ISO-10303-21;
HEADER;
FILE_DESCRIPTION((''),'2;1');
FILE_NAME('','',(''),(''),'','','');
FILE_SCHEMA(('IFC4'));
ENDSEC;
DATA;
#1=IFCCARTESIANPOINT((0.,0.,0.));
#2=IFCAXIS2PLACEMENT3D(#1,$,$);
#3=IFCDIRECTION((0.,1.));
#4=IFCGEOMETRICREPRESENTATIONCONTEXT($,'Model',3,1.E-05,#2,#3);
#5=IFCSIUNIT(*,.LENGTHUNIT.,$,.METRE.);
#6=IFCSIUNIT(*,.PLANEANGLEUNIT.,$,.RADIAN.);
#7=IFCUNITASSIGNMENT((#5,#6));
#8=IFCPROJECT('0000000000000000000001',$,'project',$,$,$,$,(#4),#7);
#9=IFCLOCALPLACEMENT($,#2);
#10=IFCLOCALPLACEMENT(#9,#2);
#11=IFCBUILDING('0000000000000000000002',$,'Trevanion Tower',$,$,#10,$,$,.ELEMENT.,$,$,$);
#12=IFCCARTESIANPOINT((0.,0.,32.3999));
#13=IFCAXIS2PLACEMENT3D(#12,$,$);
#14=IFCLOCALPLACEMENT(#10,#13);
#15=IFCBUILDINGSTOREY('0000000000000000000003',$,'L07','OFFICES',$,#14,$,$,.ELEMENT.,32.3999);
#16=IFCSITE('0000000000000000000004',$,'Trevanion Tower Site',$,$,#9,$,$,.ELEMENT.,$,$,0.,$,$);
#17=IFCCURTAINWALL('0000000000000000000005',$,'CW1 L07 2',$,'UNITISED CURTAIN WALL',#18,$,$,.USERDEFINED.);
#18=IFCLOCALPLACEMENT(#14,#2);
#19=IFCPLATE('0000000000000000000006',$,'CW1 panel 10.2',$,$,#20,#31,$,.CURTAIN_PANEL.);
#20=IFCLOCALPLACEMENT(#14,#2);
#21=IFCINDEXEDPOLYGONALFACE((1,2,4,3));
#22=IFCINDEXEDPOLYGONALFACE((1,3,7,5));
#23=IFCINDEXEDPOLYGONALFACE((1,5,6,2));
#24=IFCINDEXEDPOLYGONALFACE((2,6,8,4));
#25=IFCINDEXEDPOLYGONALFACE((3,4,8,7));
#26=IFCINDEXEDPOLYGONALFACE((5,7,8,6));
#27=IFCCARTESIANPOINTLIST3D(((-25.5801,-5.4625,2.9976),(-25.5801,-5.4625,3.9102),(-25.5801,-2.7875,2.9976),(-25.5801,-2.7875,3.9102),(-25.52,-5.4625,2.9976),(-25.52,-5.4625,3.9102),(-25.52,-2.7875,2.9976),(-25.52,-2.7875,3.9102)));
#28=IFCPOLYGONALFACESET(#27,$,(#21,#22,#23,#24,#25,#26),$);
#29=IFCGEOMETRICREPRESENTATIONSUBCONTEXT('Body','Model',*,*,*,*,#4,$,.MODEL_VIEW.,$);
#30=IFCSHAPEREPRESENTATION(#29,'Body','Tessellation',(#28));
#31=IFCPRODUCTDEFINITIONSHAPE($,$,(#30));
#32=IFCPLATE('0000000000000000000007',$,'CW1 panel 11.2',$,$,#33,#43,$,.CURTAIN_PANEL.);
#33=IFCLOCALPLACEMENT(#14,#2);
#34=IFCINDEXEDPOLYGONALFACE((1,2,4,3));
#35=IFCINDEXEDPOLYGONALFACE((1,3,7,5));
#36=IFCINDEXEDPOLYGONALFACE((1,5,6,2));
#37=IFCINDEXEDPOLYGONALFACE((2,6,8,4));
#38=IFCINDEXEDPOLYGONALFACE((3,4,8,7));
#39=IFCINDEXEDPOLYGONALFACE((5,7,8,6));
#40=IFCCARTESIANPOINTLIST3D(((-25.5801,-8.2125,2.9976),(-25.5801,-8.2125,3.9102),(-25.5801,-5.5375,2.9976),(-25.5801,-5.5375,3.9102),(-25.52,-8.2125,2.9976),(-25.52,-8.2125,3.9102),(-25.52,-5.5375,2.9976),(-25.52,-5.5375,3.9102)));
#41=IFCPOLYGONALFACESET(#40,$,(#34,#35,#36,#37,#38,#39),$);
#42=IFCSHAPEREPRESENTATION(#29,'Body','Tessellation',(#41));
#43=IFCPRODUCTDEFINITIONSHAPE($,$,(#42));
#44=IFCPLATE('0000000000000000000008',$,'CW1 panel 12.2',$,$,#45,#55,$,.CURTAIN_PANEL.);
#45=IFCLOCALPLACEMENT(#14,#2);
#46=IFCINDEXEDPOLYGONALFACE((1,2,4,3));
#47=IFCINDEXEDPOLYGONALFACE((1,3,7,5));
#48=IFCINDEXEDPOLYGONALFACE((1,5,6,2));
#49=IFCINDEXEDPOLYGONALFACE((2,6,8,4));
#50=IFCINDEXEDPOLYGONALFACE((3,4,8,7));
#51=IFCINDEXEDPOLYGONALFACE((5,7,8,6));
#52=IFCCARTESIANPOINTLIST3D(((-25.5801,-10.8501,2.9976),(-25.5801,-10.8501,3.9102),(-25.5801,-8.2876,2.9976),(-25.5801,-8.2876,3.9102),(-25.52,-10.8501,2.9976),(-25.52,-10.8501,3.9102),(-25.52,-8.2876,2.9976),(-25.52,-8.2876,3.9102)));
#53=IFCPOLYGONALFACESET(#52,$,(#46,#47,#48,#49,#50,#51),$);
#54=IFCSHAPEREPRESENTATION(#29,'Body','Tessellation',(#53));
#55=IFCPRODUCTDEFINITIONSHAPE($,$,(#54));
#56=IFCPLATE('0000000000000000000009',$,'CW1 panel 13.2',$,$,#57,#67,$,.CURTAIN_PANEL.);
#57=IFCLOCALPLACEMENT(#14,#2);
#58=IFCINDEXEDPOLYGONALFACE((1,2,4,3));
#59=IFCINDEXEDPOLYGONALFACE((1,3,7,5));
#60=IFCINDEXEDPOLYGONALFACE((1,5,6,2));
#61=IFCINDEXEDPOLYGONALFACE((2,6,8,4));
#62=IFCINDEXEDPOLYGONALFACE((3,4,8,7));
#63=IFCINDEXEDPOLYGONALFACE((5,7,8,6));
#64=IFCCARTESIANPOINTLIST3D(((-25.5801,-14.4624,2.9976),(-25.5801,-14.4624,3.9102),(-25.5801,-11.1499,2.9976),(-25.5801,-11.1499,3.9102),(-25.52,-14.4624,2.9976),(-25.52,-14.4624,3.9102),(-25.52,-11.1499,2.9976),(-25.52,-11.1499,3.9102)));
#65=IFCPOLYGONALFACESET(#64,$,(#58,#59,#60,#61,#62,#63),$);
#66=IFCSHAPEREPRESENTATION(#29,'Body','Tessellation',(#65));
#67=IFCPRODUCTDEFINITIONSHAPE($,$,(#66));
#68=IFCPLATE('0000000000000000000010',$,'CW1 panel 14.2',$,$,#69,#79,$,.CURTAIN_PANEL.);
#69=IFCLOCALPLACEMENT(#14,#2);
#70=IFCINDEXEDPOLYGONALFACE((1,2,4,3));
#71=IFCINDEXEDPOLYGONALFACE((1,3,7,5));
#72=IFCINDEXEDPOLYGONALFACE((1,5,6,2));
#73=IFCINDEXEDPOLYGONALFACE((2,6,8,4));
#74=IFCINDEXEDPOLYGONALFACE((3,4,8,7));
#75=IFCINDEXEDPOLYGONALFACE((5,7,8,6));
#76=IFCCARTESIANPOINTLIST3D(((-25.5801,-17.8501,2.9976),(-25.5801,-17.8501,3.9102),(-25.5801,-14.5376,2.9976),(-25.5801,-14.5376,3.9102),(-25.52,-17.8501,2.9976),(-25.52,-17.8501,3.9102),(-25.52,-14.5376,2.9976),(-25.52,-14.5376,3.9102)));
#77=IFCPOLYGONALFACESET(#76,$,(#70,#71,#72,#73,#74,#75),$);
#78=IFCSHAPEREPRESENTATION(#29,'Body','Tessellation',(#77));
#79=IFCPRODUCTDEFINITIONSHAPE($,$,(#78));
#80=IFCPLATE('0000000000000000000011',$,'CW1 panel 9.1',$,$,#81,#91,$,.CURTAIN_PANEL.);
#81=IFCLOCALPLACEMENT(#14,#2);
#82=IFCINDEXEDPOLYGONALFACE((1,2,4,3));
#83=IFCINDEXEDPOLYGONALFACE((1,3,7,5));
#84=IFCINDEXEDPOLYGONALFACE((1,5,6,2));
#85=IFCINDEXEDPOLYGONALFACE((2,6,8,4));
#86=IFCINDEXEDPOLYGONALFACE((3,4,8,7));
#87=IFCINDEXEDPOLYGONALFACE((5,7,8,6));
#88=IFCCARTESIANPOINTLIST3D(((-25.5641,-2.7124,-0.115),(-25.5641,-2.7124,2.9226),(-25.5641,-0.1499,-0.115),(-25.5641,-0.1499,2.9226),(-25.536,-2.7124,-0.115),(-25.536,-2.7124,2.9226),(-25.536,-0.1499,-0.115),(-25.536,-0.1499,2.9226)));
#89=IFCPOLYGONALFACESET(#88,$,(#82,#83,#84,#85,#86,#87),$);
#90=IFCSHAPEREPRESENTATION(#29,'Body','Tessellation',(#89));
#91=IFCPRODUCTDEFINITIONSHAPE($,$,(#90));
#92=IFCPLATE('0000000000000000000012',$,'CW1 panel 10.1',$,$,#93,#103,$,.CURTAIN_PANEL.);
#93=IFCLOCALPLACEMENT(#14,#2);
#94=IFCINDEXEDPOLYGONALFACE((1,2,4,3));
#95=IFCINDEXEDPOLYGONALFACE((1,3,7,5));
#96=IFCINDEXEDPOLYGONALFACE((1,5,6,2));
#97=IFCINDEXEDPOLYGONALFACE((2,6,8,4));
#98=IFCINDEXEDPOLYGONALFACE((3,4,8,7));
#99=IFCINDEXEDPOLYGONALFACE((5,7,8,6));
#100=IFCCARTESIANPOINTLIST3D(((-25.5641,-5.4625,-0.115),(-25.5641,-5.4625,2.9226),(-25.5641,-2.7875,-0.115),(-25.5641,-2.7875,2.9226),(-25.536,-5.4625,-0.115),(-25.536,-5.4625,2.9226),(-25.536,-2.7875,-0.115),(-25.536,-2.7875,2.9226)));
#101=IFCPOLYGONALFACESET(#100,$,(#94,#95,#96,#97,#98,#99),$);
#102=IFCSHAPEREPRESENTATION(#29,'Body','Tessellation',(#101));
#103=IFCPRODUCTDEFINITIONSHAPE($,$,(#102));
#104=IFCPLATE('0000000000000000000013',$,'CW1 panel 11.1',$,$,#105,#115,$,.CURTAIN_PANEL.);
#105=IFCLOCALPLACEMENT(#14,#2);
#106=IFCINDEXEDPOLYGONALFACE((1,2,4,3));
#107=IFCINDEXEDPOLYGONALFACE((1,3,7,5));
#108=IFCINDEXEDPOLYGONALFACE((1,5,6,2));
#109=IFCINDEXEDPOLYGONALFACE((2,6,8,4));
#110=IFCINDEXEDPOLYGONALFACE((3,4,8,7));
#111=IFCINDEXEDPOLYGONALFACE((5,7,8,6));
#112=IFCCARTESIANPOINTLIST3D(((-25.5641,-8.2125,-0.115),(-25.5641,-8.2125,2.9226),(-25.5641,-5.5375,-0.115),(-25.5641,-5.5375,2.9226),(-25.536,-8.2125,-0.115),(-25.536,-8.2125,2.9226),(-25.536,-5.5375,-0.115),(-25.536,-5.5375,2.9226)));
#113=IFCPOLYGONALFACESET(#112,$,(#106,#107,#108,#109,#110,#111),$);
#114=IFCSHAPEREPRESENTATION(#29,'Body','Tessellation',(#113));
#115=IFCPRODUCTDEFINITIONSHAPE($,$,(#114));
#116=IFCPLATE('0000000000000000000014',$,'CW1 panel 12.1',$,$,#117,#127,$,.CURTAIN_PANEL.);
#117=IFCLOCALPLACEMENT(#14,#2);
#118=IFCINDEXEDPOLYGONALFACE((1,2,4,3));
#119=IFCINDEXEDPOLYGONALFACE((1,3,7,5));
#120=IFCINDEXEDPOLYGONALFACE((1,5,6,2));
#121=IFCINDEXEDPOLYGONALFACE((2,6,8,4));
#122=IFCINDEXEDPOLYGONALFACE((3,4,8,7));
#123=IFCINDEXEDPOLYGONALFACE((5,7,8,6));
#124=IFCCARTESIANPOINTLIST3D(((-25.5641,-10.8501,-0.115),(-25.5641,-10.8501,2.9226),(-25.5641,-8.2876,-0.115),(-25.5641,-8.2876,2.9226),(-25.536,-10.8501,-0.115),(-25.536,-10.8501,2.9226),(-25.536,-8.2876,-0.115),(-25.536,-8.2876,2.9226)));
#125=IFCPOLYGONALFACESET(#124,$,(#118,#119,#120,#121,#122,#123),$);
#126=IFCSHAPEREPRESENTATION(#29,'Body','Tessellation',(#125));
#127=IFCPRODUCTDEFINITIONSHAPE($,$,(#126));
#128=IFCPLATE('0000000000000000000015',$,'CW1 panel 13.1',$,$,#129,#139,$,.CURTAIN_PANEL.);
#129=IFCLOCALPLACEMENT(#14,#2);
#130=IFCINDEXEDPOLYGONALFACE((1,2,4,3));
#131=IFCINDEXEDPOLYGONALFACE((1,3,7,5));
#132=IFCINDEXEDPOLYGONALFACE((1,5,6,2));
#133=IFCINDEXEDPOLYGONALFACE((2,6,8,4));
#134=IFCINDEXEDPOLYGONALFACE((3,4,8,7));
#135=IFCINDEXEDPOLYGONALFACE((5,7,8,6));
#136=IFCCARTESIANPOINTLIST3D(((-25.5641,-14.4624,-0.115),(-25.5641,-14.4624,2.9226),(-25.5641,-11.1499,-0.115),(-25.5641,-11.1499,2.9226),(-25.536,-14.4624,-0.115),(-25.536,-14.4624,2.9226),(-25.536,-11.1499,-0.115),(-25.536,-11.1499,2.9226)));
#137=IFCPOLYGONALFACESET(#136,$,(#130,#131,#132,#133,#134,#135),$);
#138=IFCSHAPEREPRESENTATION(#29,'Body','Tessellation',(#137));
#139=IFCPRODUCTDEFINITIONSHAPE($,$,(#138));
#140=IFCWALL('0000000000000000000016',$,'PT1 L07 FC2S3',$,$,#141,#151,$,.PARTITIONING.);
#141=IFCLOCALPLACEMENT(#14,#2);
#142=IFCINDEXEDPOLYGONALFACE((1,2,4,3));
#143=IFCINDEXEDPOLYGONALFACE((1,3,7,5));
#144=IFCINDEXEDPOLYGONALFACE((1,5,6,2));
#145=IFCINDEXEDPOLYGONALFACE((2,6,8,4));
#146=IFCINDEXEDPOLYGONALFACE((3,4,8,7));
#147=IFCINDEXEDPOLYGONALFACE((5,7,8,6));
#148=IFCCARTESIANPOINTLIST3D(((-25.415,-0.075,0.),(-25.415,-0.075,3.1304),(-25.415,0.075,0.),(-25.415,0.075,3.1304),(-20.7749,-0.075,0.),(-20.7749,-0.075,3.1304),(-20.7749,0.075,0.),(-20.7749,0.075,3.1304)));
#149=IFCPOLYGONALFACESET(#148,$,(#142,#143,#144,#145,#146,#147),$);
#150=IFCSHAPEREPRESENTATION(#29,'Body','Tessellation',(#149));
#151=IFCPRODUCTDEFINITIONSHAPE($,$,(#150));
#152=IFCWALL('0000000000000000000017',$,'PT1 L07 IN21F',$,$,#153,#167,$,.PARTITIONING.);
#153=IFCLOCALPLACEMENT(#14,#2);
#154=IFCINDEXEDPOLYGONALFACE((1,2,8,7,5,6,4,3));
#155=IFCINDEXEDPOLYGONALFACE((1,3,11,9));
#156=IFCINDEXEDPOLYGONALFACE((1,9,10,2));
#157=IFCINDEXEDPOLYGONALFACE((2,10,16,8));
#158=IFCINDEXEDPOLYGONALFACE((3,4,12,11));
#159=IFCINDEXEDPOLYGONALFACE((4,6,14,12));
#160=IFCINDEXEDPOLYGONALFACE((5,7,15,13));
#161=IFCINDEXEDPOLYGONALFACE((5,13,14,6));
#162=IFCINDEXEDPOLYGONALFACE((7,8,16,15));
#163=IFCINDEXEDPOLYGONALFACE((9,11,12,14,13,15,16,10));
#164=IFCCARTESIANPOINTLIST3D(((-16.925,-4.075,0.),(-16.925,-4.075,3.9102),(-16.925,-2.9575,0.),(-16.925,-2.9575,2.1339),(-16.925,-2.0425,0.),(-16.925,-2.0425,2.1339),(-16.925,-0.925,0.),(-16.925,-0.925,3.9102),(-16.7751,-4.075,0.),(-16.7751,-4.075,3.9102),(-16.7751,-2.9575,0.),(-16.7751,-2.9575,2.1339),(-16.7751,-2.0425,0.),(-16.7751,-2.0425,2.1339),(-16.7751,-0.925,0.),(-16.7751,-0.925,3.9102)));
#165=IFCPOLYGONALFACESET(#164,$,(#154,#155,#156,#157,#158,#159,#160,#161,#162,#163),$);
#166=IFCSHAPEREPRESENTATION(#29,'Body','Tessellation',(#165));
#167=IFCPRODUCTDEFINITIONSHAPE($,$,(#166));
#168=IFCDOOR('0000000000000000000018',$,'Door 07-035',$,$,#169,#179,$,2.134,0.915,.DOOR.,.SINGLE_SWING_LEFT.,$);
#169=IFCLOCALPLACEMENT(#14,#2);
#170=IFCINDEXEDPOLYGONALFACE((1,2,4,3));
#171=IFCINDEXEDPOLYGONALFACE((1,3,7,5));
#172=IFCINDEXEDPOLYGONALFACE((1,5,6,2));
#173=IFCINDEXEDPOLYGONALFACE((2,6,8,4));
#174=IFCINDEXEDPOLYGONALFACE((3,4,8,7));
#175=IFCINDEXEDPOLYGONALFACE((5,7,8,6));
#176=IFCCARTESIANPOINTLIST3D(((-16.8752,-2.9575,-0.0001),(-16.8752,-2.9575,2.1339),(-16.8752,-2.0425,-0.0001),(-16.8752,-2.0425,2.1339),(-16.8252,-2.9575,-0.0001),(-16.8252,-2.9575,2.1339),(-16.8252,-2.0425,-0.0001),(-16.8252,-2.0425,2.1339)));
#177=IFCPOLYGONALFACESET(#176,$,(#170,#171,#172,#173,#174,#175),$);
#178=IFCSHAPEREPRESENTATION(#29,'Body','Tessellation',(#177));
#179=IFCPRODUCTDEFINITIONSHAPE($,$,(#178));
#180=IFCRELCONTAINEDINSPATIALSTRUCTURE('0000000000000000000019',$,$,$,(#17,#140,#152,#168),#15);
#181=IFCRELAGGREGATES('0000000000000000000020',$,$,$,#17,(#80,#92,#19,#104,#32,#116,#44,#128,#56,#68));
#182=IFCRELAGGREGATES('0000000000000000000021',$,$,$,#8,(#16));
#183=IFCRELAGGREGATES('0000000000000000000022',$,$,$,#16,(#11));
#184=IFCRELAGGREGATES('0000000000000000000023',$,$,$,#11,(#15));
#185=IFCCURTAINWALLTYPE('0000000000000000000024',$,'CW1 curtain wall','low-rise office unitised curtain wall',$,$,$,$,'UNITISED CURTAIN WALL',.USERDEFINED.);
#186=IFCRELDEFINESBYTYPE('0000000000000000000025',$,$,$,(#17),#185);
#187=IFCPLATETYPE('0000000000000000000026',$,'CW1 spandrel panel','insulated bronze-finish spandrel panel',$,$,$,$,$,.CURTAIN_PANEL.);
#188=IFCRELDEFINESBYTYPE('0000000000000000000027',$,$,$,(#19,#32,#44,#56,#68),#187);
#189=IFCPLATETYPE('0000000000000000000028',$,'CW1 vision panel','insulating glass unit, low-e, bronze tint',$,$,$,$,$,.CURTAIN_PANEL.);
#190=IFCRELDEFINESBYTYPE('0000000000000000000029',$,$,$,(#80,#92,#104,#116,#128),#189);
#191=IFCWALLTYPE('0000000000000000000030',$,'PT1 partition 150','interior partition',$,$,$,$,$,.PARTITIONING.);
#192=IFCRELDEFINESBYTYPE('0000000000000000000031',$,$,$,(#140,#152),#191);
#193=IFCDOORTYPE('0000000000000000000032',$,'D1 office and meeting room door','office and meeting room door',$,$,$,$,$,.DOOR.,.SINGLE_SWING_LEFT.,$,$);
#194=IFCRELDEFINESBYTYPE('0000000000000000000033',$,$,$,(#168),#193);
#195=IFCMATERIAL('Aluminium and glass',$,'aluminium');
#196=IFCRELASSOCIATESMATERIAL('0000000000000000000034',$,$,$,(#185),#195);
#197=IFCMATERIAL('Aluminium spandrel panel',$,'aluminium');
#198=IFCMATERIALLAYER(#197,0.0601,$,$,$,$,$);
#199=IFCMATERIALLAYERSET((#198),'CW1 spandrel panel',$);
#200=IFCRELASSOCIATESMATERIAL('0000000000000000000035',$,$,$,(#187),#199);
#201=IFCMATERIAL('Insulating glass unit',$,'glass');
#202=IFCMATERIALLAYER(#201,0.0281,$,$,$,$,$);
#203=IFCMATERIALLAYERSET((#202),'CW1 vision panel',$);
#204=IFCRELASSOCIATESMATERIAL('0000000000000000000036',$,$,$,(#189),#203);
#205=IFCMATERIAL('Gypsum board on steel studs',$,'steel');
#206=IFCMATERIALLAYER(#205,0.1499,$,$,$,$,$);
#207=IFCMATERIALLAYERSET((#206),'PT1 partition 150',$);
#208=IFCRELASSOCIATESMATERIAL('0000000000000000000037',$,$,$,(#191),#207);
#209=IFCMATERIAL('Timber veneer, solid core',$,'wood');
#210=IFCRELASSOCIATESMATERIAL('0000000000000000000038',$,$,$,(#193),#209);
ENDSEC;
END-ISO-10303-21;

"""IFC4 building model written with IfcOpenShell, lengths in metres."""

from ifc_helpers import new_model, si_unit, direction, frame, frame_2d, origin, origin_2d, place, context, subcontext, project, spatial, rectangle, extrude, material, layer, layer_set, type_object, element, fill, aggregate, save


model = new_model("IFC4")

# Units and contexts
model_context = context("Model", 3, precision=1e-05, world=origin(), true_north=direction((0.0, 1.0)))
body_context = subcontext(model_context, "Body", "Model", "MODEL_VIEW")
ifc_project = project(units=[si_unit("LENGTHUNIT", "METRE"), si_unit("PLANEANGLEUNIT", "RADIAN")], contexts=[model_context])

# Site, building, storey
site_placement = place(None, origin())
site = spatial("IfcSite", under=ifc_project, at=site_placement, Name="Trevanion Tower Site", CompositionType="ELEMENT", RefElevation=0.0)
building_placement = place(site_placement, origin())
building = spatial("IfcBuilding", under=site, at=building_placement, Name="Trevanion Tower", CompositionType="ELEMENT")
storey_placement = place(building_placement, frame((0.0, 0.0, 32.3999)))
storey = spatial("IfcBuildingStorey", under=building, at=storey_placement, Name="L07", Description="OFFICES", CompositionType="ELEMENT", Elevation=32.3999)

# Curtain wall
ifc_material_1 = material(Name="Aluminium and glass", Category="aluminium")
curtain_wall_type = type_object("IfcCurtainWallType", Name="CW1 curtain wall", Description="low-rise office unitised curtain wall", ElementType="UNITISED CURTAIN WALL", PredefinedType="USERDEFINED", material=ifc_material_1)
curtain_wall_placement = place(storey_placement, origin())
curtain_wall = element("IfcCurtainWall", 1, at=curtain_wall_placement, inside=storey, type_object=curtain_wall_type, Name="CW1 L07 2", ObjectType="UNITISED CURTAIN WALL", PredefinedType="USERDEFINED")

# Plates
ifc_material_2 = material(Name="Aluminium spandrel panel", Category="aluminium")
ifc_layer_1 = layer(ifc_material_2, 0.0601)
ifc_layer_set_1 = layer_set([ifc_layer_1], Name="CW1 spandrel panel")
plate_type_1 = type_object("IfcPlateType", Name="CW1 spandrel panel", Description="insulated bronze-finish spandrel panel", PredefinedType="CURTAIN_PANEL", material=ifc_layer_set_1)
plate_1_placement = place(storey_placement, frame((-25.55, -4.125, 2.9976), z_axis=(0.0, 0.0, 1.0), x_axis=(0.0, -1.0, 0.0)))
plate_1 = element("IfcPlate", 2, at=plate_1_placement, type_object=plate_type_1, Name="CW1 panel 10.2", PredefinedType="CURTAIN_PANEL", context=body_context, shape_type="SweptSolid", body=[
    extrude(rectangle(XDim=2.675, YDim=0.0601, at=origin_2d()), origin(), (0.0, 0.0, 1.0), 0.9126),
])
plate_2_placement = place(storey_placement, frame((-25.55, -6.875, 2.9976), z_axis=(0.0, 0.0, 1.0), x_axis=(0.0, -1.0, 0.0)))
plate_2 = element("IfcPlate", 3, at=plate_2_placement, type_object=plate_type_1, Name="CW1 panel 11.2", PredefinedType="CURTAIN_PANEL", context=body_context, shape_type="SweptSolid", body=[
    extrude(rectangle(XDim=2.675, YDim=0.0601, at=origin_2d()), origin(), (0.0, 0.0, 1.0), 0.9126),
])
plate_3_placement = place(storey_placement, frame((-25.55, -9.5688, 2.9976), z_axis=(0.0, 0.0, 1.0), x_axis=(0.0, -1.0, 0.0)))
plate_3 = element("IfcPlate", 4, at=plate_3_placement, type_object=plate_type_1, Name="CW1 panel 12.2", PredefinedType="CURTAIN_PANEL", context=body_context, shape_type="SweptSolid", body=[
    extrude(rectangle(XDim=2.5625, YDim=0.0601, at=origin_2d()), origin(), (0.0, 0.0, 1.0), 0.9126),
])
plate_4_placement = place(storey_placement, frame((-25.55, -12.8062, 2.9976), z_axis=(0.0, 0.0, 1.0), x_axis=(0.0, -1.0, 0.0)))
plate_4 = element("IfcPlate", 5, at=plate_4_placement, type_object=plate_type_1, Name="CW1 panel 13.2", PredefinedType="CURTAIN_PANEL", context=body_context, shape_type="SweptSolid", body=[
    extrude(rectangle(XDim=3.3125, YDim=0.0601, at=origin_2d()), origin(), (0.0, 0.0, 1.0), 0.9126),
])
plate_5_placement = place(storey_placement, frame((-25.55, -16.1938, 2.9976), z_axis=(0.0, 0.0, 1.0), x_axis=(0.0, -1.0, 0.0)))
plate_5 = element("IfcPlate", 6, at=plate_5_placement, type_object=plate_type_1, Name="CW1 panel 14.2", PredefinedType="CURTAIN_PANEL", context=body_context, shape_type="SweptSolid", body=[
    extrude(rectangle(XDim=3.3125, YDim=0.0601, at=origin_2d()), origin(), (0.0, 0.0, 1.0), 0.9126),
])
ifc_material_3 = material(Name="Insulating glass unit", Category="glass")
ifc_layer_2 = layer(ifc_material_3, 0.0281)
ifc_layer_set_2 = layer_set([ifc_layer_2], Name="CW1 vision panel")
plate_type_2 = type_object("IfcPlateType", Name="CW1 vision panel", Description="insulating glass unit, low-e, bronze tint", PredefinedType="CURTAIN_PANEL", material=ifc_layer_set_2)
plate_6_placement = place(storey_placement, frame((-25.55, -1.4312, -0.115), z_axis=(0.0, 0.0, 1.0), x_axis=(0.0, -1.0, 0.0)))
plate_6 = element("IfcPlate", 7, at=plate_6_placement, type_object=plate_type_2, Name="CW1 panel 9.1", PredefinedType="CURTAIN_PANEL", context=body_context, shape_type="SweptSolid", body=[
    extrude(rectangle(XDim=2.5625, YDim=0.0281, at=origin_2d()), origin(), (0.0, 0.0, 1.0), 3.0376),
])
plate_7_placement = place(storey_placement, frame((-25.55, -4.125, -0.115), z_axis=(0.0, 0.0, 1.0), x_axis=(0.0, -1.0, 0.0)))
plate_7 = element("IfcPlate", 8, at=plate_7_placement, type_object=plate_type_2, Name="CW1 panel 10.1", PredefinedType="CURTAIN_PANEL", context=body_context, shape_type="SweptSolid", body=[
    extrude(rectangle(XDim=2.675, YDim=0.0281, at=origin_2d()), origin(), (0.0, 0.0, 1.0), 3.0376),
])
plate_8_placement = place(storey_placement, frame((-25.55, -6.875, -0.115), z_axis=(0.0, 0.0, 1.0), x_axis=(0.0, -1.0, 0.0)))
plate_8 = element("IfcPlate", 9, at=plate_8_placement, type_object=plate_type_2, Name="CW1 panel 11.1", PredefinedType="CURTAIN_PANEL", context=body_context, shape_type="SweptSolid", body=[
    extrude(rectangle(XDim=2.675, YDim=0.0281, at=origin_2d()), origin(), (0.0, 0.0, 1.0), 3.0376),
])
plate_9_placement = place(storey_placement, frame((-25.55, -9.5688, -0.115), z_axis=(0.0, 0.0, 1.0), x_axis=(0.0, -1.0, 0.0)))
plate_9 = element("IfcPlate", 10, at=plate_9_placement, type_object=plate_type_2, Name="CW1 panel 12.1", PredefinedType="CURTAIN_PANEL", context=body_context, shape_type="SweptSolid", body=[
    extrude(rectangle(XDim=2.5625, YDim=0.0281, at=origin_2d()), origin(), (0.0, 0.0, 1.0), 3.0376),
])
plate_10_placement = place(storey_placement, frame((-25.55, -12.8062, -0.115), z_axis=(0.0, 0.0, 1.0), x_axis=(0.0, -1.0, 0.0)))
plate_10 = element("IfcPlate", 11, at=plate_10_placement, type_object=plate_type_2, Name="CW1 panel 13.1", PredefinedType="CURTAIN_PANEL", context=body_context, shape_type="SweptSolid", body=[
    extrude(rectangle(XDim=3.3125, YDim=0.0281, at=origin_2d()), origin(), (0.0, 0.0, 1.0), 3.0376),
])
aggregate(curtain_wall, [plate_6, plate_7, plate_1, plate_8, plate_2, plate_9, plate_3, plate_10, plate_4, plate_5])

# Wall
ifc_material_4 = material(Name="Gypsum board on steel studs", Category="steel")
ifc_layer_3 = layer(ifc_material_4, 0.1499)
ifc_layer_set_3 = layer_set([ifc_layer_3], Name="PT1 partition 150")
wall_type = type_object("IfcWallType", Name="PT1 partition 150", Description="interior partition", PredefinedType="PARTITIONING", material=ifc_layer_set_3)
wall_1_placement = place(storey_placement, frame((-20.7749, 0.0, 0.0), z_axis=(0.0, 0.0, 1.0), x_axis=(-1.0, 0.0, 0.0)))
element("IfcWall", 12, at=wall_1_placement, inside=storey, type_object=wall_type, Name="PT1 L07 FC2S3", PredefinedType="PARTITIONING", context=body_context, shape_type="SweptSolid", body=[
    extrude(rectangle(XDim=4.6401, YDim=0.1499, at=frame_2d((2.3201, 0.0))), origin(), (0.0, 0.0, 1.0), 3.1304),
])

# Wall, opening, door
wall_2_placement = place(storey_placement, frame((-16.8501, -0.925, 0.0), z_axis=(0.0, 0.0, 1.0), x_axis=(0.0, -1.0, 0.0)))
wall_2 = element("IfcWall", 13, at=wall_2_placement, inside=storey, type_object=wall_type, Name="PT1 L07 IN21F", PredefinedType="PARTITIONING", context=body_context, shape_type="SweptSolid", body=[
    extrude(rectangle(XDim=3.1499, YDim=0.1499, at=frame_2d((1.575, 0.0))), origin(), (0.0, 0.0, 1.0), 3.9102),
])
opening_placement = place(wall_2_placement, frame((1.1174, 0.0, 0.0)))
opening = element("IfcOpeningElement", 14, at=opening_placement, cuts=wall_2, PredefinedType="OPENING", context=body_context, shape_type="SweptSolid", body=[
    extrude(rectangle(XDim=0.915, YDim=2.134, at=frame_2d((0.4575, 1.0669))), frame((0.0, 0.085, 0.0), z_axis=(0.0, -1.0, 0.0), x_axis=(1.0, 0.0, 0.0)), (0.0, 0.0, 1.0), 0.1699),
])
ifc_material_5 = material(Name="Timber veneer, solid core", Category="wood")
door_type = type_object("IfcDoorType", Name="D1 office and meeting room door", Description="office and meeting room door", OperationType="SINGLE_SWING_LEFT", PredefinedType="DOOR", material=ifc_material_5)
door_placement = place(opening_placement, origin())
door = element("IfcDoor", 15, at=door_placement, inside=storey, type_object=door_type, Name="Door 07-035", OperationType="SINGLE_SWING_LEFT", OverallHeight=2.134, OverallWidth=0.915, PredefinedType="DOOR", context=body_context, shape_type="SweptSolid", body=[
    extrude(rectangle(XDim=0.915, YDim=2.134, at=frame_2d((0.4575, 1.0669))), frame((0.0, 0.0249, 0.0), z_axis=(0.0, -1.0, 0.0), x_axis=(1.0, 0.0, 0.0)), (0.0, 0.0, 1.0), 0.05),
])
fill(opening, door)

save(model, "model.ifc")
